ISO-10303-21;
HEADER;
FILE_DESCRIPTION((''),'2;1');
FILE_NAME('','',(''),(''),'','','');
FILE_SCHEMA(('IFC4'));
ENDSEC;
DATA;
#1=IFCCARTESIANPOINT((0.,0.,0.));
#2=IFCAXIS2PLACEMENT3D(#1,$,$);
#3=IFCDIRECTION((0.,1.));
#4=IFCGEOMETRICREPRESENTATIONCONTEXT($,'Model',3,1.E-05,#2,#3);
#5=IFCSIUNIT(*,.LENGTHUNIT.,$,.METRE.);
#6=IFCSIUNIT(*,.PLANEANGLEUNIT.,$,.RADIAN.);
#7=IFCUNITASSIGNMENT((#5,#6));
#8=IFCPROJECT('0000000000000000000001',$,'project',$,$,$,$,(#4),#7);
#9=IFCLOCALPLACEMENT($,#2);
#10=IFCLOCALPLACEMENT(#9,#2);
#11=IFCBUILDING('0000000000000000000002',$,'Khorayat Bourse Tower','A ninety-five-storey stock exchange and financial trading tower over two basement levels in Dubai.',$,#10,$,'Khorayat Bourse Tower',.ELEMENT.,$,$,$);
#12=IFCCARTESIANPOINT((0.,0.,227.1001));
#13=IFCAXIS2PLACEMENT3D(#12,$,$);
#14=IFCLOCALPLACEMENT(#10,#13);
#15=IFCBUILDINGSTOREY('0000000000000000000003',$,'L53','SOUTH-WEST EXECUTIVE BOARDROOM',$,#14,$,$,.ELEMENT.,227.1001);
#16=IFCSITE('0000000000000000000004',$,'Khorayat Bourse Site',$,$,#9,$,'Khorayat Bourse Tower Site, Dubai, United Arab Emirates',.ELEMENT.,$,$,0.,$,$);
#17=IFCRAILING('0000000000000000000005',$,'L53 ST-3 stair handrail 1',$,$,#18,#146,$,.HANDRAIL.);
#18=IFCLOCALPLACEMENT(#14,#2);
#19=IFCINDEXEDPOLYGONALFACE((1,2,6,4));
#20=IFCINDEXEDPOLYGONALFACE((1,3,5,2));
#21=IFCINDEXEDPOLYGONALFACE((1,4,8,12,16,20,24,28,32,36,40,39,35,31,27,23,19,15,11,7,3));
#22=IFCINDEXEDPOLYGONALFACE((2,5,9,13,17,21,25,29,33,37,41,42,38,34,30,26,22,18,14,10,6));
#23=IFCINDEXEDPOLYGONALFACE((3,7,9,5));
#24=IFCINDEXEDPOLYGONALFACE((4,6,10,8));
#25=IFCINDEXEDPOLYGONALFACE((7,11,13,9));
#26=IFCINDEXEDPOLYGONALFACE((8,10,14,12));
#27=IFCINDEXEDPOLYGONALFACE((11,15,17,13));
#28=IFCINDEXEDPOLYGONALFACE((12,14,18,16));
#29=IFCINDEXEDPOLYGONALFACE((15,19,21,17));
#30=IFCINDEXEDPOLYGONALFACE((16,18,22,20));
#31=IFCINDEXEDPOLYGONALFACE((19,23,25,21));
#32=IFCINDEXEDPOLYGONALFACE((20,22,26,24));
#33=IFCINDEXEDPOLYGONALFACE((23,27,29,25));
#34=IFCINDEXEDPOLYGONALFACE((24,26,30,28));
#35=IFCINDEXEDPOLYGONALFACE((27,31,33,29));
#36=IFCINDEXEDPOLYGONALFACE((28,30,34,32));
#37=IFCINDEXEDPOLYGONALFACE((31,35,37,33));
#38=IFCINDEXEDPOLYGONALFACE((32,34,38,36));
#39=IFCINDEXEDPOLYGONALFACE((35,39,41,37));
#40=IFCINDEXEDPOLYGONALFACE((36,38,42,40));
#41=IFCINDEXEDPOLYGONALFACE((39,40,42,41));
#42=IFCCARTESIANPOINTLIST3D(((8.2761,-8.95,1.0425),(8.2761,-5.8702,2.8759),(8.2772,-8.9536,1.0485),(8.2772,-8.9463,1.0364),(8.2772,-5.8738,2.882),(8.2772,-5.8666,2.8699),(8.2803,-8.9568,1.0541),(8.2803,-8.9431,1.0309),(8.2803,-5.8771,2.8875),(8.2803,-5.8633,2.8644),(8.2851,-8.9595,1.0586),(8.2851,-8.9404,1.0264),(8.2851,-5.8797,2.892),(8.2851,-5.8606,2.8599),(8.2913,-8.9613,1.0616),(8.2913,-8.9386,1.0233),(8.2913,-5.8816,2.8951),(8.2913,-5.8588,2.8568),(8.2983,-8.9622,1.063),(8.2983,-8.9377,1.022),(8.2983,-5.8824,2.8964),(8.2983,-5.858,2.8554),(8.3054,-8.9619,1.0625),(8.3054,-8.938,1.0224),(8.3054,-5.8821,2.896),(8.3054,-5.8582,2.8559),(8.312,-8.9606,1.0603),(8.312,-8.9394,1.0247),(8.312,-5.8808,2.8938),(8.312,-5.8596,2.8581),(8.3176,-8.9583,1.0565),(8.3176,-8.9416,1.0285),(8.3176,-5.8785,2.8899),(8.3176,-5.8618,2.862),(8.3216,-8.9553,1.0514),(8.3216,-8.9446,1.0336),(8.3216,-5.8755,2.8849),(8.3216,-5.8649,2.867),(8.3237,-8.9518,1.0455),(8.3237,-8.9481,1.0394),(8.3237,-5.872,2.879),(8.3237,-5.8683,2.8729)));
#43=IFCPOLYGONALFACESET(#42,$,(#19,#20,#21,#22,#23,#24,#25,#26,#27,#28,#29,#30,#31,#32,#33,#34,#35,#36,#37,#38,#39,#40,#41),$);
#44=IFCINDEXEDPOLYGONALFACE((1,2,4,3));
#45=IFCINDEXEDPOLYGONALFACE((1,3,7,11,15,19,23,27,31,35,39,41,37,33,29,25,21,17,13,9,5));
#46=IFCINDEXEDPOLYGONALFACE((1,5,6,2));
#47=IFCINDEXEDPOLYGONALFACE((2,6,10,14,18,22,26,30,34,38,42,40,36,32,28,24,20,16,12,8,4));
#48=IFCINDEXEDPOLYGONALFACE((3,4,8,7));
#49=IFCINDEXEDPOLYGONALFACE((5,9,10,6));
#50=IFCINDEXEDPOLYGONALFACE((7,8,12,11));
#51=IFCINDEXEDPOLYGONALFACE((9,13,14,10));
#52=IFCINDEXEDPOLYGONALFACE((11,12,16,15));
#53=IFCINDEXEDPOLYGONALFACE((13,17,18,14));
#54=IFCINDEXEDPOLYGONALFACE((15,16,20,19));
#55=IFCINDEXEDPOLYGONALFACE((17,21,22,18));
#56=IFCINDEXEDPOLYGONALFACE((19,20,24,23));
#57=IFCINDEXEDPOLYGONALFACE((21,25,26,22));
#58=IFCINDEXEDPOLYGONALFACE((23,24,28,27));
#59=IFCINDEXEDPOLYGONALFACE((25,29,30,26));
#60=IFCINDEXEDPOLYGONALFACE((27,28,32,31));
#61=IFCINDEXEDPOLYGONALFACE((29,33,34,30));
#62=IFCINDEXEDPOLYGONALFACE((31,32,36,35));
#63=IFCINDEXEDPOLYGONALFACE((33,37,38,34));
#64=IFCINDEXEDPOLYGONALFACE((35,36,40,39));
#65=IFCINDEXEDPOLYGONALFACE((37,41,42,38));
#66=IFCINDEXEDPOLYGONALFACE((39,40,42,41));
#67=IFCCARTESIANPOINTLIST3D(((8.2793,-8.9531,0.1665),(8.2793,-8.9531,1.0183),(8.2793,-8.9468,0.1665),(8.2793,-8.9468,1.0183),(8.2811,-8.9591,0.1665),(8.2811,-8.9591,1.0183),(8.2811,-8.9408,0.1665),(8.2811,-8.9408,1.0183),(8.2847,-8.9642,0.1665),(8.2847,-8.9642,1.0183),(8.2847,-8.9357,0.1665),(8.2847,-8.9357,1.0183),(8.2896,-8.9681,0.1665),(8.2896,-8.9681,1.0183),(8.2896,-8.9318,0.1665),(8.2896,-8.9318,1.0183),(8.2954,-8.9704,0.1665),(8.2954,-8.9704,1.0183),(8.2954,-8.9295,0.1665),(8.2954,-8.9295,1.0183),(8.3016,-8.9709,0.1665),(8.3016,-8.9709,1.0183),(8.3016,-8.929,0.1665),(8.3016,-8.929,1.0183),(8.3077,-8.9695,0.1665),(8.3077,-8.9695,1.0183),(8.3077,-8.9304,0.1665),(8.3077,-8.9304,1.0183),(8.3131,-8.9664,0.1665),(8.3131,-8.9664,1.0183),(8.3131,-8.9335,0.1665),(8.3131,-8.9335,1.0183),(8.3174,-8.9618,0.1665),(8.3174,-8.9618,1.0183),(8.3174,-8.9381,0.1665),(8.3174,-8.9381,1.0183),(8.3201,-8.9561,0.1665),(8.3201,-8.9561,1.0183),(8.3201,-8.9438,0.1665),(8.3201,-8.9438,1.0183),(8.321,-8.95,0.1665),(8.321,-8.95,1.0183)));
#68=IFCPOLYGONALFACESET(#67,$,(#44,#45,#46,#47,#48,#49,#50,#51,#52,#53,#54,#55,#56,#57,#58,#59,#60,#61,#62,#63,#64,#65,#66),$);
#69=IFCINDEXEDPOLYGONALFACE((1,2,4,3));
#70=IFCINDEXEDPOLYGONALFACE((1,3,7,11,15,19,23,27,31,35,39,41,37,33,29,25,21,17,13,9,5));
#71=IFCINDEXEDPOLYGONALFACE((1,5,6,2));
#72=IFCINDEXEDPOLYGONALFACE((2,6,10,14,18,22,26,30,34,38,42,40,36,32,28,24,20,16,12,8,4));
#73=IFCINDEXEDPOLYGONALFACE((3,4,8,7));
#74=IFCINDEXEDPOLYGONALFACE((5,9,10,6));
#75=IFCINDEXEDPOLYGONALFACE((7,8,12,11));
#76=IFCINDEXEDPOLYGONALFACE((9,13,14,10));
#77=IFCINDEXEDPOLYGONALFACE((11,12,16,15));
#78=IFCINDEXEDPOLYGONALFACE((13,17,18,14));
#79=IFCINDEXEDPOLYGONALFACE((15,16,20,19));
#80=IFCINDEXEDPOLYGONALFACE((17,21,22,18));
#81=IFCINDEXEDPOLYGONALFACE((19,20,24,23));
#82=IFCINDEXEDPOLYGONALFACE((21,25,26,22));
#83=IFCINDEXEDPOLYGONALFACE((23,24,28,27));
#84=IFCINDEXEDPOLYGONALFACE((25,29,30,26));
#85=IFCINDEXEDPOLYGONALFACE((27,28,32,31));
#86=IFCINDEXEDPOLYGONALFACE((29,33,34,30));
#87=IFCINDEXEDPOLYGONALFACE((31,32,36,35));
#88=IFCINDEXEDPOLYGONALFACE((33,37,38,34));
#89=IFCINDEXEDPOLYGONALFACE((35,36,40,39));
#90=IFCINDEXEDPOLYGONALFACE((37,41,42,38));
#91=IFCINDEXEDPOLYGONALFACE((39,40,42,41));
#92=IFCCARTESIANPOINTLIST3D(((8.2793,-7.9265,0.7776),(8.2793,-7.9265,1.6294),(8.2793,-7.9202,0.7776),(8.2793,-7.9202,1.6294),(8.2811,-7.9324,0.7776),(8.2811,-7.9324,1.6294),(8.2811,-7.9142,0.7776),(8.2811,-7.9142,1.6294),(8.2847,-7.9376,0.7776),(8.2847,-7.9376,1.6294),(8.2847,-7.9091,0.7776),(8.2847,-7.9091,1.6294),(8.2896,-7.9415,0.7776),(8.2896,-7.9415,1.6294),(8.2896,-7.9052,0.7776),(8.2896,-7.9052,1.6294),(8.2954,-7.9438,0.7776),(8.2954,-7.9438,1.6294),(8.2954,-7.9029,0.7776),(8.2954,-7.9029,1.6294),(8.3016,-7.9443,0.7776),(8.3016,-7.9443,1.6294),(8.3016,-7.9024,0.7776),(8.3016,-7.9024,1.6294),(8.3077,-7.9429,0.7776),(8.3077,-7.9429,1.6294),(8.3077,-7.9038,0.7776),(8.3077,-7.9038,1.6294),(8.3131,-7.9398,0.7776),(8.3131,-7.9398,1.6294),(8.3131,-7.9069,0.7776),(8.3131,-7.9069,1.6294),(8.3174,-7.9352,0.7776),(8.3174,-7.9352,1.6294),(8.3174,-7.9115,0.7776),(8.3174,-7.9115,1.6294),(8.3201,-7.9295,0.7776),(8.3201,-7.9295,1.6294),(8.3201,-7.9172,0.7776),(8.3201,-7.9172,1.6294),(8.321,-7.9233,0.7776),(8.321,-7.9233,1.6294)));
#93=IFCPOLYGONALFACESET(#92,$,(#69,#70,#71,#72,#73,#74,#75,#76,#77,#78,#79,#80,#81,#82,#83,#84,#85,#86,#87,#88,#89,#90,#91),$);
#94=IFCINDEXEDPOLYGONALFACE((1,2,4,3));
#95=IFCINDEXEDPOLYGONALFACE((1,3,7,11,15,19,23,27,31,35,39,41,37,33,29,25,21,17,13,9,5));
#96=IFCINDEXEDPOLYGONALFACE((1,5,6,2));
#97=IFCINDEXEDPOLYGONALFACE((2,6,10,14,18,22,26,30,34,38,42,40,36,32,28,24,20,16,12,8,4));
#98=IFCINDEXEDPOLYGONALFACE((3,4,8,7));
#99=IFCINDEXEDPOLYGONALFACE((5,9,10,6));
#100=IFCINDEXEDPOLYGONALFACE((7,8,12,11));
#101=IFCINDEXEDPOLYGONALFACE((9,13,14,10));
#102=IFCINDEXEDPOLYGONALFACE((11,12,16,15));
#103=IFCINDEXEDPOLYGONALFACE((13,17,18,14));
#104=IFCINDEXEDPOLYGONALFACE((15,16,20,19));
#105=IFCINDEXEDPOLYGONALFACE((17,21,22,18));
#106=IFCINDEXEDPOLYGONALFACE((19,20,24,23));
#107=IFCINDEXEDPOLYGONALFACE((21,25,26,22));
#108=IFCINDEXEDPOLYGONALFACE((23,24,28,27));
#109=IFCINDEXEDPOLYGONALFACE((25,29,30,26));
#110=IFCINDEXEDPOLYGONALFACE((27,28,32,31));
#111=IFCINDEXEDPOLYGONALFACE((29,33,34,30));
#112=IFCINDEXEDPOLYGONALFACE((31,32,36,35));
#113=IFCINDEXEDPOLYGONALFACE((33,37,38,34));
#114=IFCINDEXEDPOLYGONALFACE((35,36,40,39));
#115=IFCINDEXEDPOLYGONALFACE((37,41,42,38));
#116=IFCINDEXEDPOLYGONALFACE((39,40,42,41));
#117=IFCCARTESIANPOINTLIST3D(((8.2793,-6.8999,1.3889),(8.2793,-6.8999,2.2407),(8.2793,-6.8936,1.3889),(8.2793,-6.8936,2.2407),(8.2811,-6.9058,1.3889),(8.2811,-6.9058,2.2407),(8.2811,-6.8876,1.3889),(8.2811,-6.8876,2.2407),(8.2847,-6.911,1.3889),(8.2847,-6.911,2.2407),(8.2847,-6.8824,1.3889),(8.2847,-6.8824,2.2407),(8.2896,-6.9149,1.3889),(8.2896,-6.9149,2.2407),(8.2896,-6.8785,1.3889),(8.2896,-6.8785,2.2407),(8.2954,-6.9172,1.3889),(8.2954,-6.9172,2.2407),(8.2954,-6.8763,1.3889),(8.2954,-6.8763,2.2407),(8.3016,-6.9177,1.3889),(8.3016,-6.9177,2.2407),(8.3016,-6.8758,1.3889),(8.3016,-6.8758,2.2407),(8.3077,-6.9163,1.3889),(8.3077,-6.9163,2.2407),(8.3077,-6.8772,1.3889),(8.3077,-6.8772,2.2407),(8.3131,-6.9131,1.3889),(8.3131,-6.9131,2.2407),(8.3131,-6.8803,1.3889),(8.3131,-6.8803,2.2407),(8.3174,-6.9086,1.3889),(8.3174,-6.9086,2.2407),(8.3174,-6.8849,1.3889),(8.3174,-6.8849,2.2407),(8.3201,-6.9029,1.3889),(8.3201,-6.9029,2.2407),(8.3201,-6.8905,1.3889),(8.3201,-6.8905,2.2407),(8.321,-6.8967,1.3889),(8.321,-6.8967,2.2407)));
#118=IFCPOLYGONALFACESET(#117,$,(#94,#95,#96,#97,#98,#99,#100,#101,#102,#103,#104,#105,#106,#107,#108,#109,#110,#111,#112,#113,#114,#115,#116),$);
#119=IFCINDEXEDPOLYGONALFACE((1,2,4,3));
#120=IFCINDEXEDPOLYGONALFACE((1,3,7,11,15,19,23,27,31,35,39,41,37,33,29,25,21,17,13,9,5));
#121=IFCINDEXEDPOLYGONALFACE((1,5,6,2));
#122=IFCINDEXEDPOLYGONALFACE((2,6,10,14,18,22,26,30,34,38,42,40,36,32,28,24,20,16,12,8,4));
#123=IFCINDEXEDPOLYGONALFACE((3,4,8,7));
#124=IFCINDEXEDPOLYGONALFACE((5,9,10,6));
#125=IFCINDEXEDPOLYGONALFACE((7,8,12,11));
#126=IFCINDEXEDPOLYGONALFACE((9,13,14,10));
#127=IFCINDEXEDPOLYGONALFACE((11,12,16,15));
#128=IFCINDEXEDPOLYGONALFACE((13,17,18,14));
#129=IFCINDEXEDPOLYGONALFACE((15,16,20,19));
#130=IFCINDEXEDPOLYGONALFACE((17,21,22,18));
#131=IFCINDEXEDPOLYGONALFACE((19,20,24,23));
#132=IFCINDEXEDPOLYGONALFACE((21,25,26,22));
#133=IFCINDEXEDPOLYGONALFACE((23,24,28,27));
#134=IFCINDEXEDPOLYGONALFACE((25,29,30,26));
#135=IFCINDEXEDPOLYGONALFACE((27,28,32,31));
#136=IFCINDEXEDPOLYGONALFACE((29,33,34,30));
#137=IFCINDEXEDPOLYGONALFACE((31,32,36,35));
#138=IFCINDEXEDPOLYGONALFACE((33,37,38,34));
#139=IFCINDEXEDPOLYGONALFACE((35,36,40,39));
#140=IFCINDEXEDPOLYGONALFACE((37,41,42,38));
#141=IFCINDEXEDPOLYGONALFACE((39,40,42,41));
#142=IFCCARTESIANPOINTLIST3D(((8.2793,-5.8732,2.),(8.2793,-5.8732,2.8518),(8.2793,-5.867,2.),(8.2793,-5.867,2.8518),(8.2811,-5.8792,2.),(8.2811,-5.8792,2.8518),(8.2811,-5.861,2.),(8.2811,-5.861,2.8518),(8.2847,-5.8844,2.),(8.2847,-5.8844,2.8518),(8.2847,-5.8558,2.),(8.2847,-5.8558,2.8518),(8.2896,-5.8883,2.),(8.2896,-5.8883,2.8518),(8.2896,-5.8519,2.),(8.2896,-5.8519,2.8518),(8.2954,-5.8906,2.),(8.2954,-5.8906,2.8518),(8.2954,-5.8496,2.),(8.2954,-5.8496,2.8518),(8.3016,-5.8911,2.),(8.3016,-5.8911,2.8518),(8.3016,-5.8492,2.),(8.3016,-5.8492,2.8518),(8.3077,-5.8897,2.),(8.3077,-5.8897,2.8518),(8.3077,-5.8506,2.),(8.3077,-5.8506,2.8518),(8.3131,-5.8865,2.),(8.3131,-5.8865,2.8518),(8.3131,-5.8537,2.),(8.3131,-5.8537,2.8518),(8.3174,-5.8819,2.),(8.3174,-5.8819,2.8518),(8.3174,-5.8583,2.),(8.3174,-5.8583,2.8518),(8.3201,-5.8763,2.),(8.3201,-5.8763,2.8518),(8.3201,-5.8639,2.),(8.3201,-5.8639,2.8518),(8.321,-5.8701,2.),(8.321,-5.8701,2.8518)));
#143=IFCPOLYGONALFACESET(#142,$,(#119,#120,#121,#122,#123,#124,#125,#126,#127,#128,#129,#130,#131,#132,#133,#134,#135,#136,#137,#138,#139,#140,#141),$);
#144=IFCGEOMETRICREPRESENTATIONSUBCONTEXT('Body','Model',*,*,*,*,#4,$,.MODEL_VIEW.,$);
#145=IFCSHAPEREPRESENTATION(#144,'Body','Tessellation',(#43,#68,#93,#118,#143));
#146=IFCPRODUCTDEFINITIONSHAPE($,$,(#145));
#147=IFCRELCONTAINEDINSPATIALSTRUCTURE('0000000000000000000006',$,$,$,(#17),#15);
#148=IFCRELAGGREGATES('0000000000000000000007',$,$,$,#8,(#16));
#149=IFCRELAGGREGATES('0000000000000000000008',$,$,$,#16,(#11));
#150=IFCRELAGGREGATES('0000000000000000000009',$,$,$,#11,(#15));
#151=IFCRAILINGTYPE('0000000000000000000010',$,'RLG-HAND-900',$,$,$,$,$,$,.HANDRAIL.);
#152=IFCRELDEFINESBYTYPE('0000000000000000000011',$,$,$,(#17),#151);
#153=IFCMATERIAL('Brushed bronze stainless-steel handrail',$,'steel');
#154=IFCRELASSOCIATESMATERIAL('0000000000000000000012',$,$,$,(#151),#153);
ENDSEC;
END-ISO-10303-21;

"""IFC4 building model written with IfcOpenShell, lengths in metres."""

from ifc_helpers import new_model, si_unit, direction, frame, origin, origin_2d, place, context, subcontext, project, spatial, circle, extrude, source, transform, mapped, material, type_object, element, save


model = new_model("IFC4")

# Units and contexts
model_context = context("Model", 3, precision=1e-05, world=origin(), true_north=direction((0.0, 1.0)))
body_context = subcontext(model_context, "Body", "Model", "MODEL_VIEW")
ifc_project = project(units=[si_unit("LENGTHUNIT", "METRE"), si_unit("PLANEANGLEUNIT", "RADIAN")], contexts=[model_context])

# Site, building, storey
site_placement = place(None, origin())
site = spatial("IfcSite", under=ifc_project, at=site_placement, Name="Khorayat Bourse Site", LongName="Khorayat Bourse Tower Site, Dubai, United Arab Emirates", CompositionType="ELEMENT", RefElevation=0.0)
building_placement = place(site_placement, origin())
building = spatial("IfcBuilding", under=site, at=building_placement, Name="Khorayat Bourse Tower", Description="A ninety-five-storey stock exchange and financial trading tower over two basement levels in Dubai.", LongName="Khorayat Bourse Tower", CompositionType="ELEMENT")
storey_placement = place(building_placement, frame((0.0, 0.0, 227.1001)))
storey = spatial("IfcBuildingStorey", under=building, at=storey_placement, Name="L53", Description="SOUTH-WEST EXECUTIVE BOARDROOM", CompositionType="ELEMENT", Elevation=227.1001)

# Railing
ifc_material_1 = material(Name="Brushed bronze stainless-steel handrail", Category="steel")
railing_type_1 = type_object("IfcRailingType", Name="RLG-HAND-900", PredefinedType="HANDRAIL", material=ifc_material_1)
shared_shape_1 = source(origin(), body_context, "Body", "SweptSolid", [
    extrude(circle(Radius=0.0239, at=origin_2d()), frame((0.0, 0.0, 0.876), z_axis=(0.0, 0.859261, 0.511538), x_axis=(-1.0, 0.0, 0.0)), (0.0, 0.0, 1.0), 3.5842),
    extrude(circle(Radius=0.021, at=origin_2d()), origin(), (0.0, 0.0, 1.0), 0.8518),
    extrude(circle(Radius=0.021, at=origin_2d()), frame((0.0, 1.0266, 0.6111)), (0.0, 0.0, 1.0), 0.8518),
    extrude(circle(Radius=0.021, at=origin_2d()), frame((0.0, 2.0532, 1.2224)), (0.0, 0.0, 1.0), 0.8518),
    extrude(circle(Radius=0.021, at=origin_2d()), frame((0.0, 3.0798, 1.8335)), (0.0, 0.0, 1.0), 0.8518),
])
railing_1_placement = place(storey_placement, frame((8.3, -8.95, 0.1665)))
element("IfcRailing", 1, at=railing_1_placement, inside=storey, type_object=railing_type_1, Name="L53 ST-3 stair handrail 1", PredefinedType="HANDRAIL", context=body_context, shape_type="MappedRepresentation", body=[
    mapped(shared_shape_1, transform((0.0, 0.0, 0.0), scale=1.0)),
])

save(model, "model.ifc")
